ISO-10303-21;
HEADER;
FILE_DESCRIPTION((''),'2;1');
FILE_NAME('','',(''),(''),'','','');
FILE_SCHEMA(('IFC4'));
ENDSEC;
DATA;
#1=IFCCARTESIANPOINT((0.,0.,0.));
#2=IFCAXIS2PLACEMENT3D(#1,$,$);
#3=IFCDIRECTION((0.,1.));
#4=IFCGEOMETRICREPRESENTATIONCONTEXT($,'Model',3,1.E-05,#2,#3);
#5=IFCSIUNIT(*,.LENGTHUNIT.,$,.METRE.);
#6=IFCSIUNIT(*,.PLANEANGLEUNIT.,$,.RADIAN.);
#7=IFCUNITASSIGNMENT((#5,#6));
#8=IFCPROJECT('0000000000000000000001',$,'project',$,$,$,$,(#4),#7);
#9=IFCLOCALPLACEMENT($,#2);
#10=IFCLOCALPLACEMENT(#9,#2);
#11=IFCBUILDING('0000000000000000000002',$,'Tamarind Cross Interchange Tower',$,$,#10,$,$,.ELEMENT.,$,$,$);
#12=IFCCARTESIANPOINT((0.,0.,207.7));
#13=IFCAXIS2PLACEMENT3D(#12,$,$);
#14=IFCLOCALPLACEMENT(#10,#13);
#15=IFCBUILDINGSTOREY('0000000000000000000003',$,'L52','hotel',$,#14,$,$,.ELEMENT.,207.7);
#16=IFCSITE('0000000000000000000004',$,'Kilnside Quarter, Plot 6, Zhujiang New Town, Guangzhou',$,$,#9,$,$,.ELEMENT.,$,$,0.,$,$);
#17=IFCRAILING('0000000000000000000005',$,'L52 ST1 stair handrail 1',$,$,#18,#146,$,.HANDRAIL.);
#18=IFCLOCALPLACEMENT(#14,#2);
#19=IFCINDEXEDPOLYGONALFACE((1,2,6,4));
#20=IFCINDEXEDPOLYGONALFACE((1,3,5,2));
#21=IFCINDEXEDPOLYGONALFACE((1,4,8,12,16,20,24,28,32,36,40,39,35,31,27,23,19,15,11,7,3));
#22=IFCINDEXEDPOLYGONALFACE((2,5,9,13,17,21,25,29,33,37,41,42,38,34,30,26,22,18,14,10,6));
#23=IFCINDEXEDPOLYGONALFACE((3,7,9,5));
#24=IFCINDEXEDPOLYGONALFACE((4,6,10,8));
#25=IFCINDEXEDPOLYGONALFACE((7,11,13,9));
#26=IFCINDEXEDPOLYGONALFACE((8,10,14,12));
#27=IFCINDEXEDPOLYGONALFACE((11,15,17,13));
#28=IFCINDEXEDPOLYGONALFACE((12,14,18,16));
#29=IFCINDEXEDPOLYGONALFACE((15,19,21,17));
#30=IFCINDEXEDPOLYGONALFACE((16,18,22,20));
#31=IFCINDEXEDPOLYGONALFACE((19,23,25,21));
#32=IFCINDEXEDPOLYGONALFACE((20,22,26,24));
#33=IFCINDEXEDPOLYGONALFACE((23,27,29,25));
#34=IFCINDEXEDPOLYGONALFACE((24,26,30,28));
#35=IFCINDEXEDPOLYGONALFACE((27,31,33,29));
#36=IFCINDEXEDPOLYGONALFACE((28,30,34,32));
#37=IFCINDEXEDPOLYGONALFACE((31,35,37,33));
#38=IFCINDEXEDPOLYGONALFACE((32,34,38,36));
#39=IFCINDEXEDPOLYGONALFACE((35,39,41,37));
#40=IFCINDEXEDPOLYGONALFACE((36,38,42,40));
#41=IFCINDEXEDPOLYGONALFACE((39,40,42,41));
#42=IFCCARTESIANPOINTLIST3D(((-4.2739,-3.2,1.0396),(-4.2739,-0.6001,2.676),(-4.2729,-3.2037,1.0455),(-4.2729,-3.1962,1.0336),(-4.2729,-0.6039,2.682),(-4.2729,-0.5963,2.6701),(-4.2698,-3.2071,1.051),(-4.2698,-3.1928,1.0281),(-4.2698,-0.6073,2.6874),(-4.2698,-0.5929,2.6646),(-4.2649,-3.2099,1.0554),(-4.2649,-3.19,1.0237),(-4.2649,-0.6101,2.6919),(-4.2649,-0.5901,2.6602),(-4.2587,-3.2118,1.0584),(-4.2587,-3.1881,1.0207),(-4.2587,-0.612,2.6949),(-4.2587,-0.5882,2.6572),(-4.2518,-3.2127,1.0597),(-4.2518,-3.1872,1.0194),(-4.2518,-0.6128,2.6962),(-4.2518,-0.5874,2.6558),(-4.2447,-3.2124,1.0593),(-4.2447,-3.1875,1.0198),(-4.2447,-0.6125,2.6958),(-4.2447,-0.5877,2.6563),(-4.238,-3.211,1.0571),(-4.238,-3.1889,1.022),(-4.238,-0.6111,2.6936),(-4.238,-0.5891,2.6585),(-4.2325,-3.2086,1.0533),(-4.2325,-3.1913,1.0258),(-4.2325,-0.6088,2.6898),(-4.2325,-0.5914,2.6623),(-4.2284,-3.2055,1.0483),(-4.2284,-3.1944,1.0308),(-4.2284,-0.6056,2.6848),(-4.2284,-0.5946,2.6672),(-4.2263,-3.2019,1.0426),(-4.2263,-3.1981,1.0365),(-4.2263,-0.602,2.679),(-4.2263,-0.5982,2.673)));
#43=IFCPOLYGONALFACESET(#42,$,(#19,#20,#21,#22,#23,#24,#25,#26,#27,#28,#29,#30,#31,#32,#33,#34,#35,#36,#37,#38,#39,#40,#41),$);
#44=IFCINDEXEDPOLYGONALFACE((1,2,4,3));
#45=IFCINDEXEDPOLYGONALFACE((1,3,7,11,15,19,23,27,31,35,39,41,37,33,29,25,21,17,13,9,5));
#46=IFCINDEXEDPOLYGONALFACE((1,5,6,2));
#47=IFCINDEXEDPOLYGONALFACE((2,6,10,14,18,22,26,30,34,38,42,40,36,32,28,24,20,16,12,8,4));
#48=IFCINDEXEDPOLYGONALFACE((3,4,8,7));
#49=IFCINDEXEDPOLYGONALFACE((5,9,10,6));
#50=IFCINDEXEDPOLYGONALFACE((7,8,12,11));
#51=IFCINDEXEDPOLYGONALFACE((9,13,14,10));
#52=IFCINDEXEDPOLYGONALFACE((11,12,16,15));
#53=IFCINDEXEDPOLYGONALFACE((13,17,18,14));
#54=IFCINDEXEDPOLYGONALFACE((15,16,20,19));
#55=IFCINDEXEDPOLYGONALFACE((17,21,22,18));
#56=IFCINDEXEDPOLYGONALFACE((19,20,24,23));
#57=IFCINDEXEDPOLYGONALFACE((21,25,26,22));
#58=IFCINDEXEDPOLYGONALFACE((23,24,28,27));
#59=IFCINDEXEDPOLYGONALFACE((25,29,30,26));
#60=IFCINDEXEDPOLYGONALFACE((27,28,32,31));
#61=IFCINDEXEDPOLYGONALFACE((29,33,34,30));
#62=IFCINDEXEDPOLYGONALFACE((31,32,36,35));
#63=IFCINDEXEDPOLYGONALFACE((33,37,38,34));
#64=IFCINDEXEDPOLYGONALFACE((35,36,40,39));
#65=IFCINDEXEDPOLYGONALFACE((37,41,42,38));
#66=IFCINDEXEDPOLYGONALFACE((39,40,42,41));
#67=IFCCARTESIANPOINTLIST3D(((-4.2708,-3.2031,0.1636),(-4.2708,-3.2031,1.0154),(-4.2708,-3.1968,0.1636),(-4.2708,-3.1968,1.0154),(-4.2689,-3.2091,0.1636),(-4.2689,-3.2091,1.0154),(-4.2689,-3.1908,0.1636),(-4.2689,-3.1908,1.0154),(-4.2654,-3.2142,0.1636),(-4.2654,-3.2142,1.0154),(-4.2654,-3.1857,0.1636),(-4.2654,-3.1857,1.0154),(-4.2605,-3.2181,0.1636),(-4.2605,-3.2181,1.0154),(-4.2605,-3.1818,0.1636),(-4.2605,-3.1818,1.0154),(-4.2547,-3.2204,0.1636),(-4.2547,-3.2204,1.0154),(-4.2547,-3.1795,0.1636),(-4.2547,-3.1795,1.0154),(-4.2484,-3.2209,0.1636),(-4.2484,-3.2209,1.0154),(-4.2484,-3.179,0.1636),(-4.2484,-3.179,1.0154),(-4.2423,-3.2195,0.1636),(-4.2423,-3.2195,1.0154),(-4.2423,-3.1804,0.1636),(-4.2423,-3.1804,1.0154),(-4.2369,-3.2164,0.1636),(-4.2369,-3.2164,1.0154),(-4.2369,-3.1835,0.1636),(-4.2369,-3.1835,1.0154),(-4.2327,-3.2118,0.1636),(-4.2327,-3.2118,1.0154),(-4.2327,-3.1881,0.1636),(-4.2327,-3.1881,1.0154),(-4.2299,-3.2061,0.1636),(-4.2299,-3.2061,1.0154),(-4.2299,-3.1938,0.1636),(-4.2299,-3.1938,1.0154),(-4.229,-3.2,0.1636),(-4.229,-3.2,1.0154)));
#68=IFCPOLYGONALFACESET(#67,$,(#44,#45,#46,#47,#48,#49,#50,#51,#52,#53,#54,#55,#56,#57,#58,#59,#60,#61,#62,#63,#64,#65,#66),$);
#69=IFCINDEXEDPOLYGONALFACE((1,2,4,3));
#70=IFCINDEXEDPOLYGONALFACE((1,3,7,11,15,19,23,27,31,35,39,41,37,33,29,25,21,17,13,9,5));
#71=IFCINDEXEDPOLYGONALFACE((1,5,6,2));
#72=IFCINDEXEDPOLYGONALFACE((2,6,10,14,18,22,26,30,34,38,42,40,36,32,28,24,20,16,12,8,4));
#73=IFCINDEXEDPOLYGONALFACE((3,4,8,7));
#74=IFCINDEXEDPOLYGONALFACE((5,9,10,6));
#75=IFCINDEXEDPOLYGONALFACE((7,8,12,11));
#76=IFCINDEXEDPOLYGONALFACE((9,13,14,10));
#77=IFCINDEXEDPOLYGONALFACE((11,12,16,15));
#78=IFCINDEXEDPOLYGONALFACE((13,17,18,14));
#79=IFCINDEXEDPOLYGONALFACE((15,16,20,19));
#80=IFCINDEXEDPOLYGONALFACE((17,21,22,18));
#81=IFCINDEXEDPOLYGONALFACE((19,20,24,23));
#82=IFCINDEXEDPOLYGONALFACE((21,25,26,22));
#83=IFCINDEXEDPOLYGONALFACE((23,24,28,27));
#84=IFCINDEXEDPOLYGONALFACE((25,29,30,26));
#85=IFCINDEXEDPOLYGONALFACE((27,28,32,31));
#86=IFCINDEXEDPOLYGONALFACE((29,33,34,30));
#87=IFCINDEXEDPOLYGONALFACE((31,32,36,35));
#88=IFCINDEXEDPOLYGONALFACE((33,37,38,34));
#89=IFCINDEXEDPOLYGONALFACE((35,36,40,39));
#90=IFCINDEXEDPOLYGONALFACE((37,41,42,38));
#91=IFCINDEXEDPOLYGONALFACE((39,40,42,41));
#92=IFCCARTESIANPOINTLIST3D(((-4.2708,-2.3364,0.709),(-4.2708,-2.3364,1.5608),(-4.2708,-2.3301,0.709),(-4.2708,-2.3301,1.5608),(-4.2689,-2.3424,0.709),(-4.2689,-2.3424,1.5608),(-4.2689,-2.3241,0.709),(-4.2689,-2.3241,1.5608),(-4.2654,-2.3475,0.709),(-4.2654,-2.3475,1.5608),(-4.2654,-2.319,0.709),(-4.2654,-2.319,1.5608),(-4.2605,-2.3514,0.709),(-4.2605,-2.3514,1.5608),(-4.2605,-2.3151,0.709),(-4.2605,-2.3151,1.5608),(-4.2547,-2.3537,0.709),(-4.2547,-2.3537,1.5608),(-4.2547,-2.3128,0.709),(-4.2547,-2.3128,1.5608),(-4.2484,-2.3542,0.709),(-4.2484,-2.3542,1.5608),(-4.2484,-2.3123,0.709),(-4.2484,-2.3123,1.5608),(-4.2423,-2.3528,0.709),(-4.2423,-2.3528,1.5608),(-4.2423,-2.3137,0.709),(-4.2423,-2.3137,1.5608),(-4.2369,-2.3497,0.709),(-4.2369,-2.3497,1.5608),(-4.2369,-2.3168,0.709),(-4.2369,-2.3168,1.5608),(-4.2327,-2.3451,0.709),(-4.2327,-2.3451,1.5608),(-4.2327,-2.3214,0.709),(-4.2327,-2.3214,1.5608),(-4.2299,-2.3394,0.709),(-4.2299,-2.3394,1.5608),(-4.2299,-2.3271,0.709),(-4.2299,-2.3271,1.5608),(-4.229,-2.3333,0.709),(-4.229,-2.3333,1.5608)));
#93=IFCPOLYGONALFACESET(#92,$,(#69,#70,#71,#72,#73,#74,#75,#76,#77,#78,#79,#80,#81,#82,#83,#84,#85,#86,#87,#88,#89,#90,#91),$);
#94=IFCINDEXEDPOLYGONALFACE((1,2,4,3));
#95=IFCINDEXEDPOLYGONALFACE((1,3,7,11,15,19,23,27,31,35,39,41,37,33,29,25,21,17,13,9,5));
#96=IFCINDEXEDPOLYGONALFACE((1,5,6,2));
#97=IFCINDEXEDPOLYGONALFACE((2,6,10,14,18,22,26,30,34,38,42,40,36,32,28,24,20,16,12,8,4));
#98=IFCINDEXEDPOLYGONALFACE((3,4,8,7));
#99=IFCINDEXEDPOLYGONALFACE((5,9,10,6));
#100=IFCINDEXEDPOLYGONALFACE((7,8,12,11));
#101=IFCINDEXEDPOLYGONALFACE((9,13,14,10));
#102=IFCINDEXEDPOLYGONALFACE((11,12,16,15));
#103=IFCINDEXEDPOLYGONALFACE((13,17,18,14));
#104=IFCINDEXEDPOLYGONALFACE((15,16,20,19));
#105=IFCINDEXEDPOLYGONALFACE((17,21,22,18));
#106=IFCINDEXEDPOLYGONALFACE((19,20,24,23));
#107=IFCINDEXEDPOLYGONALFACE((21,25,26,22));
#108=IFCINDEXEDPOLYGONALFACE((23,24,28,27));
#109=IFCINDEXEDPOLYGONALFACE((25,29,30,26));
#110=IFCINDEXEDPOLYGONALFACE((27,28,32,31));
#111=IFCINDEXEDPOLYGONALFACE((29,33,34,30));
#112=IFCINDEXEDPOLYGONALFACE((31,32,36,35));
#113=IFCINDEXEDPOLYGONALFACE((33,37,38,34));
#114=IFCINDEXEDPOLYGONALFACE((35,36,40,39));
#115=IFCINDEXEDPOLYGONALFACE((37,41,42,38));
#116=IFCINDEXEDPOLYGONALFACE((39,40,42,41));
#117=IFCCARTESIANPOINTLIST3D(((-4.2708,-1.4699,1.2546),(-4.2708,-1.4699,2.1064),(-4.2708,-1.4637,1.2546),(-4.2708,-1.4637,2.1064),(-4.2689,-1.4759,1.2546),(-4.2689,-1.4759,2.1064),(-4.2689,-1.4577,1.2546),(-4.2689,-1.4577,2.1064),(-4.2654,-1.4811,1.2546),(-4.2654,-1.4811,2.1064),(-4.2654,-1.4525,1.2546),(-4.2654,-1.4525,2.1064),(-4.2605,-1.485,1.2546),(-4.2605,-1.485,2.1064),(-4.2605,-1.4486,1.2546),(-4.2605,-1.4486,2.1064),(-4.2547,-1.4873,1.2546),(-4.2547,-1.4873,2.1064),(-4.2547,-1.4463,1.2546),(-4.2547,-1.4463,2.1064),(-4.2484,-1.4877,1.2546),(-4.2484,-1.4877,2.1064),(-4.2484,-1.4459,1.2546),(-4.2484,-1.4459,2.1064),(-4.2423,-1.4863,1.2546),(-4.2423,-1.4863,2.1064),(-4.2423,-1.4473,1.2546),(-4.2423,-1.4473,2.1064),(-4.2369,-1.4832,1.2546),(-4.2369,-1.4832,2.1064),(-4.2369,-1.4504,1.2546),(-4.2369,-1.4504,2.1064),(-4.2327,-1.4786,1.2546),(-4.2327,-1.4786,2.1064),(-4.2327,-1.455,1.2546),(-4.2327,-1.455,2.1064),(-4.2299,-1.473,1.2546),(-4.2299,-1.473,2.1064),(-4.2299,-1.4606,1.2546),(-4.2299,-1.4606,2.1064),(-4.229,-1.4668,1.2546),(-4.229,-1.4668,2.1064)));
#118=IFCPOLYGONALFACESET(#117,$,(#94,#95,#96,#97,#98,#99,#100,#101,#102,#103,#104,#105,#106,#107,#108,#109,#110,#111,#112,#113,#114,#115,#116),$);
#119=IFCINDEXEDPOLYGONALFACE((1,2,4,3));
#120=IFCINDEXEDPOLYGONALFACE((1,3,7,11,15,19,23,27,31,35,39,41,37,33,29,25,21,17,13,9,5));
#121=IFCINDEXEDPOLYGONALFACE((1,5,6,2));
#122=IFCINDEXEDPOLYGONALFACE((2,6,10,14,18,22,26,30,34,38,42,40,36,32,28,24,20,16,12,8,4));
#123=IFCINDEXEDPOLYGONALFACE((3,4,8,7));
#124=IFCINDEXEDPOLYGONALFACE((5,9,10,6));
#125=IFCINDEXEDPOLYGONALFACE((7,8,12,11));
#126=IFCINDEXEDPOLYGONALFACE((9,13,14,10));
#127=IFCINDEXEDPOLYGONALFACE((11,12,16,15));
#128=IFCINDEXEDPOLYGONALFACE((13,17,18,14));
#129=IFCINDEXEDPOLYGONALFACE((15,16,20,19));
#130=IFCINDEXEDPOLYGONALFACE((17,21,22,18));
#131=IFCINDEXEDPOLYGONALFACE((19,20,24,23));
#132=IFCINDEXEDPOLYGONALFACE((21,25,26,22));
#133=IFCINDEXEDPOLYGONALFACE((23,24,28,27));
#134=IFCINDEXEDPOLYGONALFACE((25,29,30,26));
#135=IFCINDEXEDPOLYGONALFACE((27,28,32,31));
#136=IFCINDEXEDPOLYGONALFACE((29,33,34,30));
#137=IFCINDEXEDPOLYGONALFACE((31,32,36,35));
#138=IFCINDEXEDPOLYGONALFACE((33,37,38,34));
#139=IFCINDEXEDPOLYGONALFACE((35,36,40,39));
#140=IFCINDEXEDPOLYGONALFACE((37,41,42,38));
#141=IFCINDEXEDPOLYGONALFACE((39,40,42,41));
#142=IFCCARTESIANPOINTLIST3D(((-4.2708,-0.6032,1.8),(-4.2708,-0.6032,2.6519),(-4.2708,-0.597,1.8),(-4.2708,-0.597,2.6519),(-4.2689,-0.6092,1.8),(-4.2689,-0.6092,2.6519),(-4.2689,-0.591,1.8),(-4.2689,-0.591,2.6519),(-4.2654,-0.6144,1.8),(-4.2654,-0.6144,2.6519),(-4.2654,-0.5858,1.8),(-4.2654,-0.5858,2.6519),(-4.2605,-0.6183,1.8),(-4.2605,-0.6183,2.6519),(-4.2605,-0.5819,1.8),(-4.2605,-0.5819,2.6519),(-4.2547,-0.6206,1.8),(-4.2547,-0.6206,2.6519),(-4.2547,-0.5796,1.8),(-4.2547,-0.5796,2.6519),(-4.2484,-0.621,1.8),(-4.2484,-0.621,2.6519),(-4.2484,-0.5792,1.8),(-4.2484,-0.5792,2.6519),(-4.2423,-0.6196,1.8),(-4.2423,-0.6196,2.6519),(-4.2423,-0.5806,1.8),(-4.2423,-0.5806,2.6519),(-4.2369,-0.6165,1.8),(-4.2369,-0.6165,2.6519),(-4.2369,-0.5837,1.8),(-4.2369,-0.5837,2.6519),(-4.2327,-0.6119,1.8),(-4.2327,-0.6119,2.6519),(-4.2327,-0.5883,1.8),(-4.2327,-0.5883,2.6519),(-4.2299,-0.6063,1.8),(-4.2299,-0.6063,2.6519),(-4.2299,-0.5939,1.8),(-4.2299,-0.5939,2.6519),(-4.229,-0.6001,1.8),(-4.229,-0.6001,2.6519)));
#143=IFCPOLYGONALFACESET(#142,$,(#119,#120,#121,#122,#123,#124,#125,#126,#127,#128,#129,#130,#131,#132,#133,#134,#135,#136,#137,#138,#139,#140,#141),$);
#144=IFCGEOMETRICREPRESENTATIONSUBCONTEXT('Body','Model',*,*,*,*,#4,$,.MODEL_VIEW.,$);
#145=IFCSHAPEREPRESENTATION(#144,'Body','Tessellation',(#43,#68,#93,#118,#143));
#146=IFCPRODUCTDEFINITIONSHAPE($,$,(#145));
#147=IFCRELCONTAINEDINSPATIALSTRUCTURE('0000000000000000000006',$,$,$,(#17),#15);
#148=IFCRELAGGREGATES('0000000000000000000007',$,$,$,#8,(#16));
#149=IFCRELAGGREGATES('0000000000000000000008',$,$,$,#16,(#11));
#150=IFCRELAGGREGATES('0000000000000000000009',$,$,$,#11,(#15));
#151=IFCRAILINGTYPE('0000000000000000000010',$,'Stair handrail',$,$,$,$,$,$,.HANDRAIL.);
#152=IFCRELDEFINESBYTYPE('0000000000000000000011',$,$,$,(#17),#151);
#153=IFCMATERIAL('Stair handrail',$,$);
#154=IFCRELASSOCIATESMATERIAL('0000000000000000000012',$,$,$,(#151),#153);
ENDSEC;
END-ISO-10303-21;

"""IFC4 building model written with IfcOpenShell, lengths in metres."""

from ifc_helpers import new_model, si_unit, direction, frame, origin, origin_2d, place, context, subcontext, project, spatial, circle, extrude, material, type_object, element, save


model = new_model("IFC4")

# Units and contexts
model_context = context("Model", 3, precision=1e-05, world=origin(), true_north=direction((0.0, 1.0)))
body_context = subcontext(model_context, "Body", "Model", "MODEL_VIEW")
ifc_project = project(units=[si_unit("LENGTHUNIT", "METRE"), si_unit("PLANEANGLEUNIT", "RADIAN")], contexts=[model_context])

# Site, building, storey
site_placement = place(None, origin())
site = spatial("IfcSite", under=ifc_project, at=site_placement, Name="Kilnside Quarter, Plot 6, Zhujiang New Town, Guangzhou", CompositionType="ELEMENT", RefElevation=0.0)
building_placement = place(site_placement, origin())
building = spatial("IfcBuilding", under=site, at=building_placement, Name="Tamarind Cross Interchange Tower", CompositionType="ELEMENT")
storey_placement = place(building_placement, frame((0.0, 0.0, 207.7)))
storey = spatial("IfcBuildingStorey", under=building, at=storey_placement, Name="L52", Description="hotel", CompositionType="ELEMENT", Elevation=207.7)

# Railing
ifc_material_1 = material(Name="Stair handrail")
railing_type_1 = type_object("IfcRailingType", Name="Stair handrail", PredefinedType="HANDRAIL", material=ifc_material_1)
railing_1_placement = place(storey_placement, frame((-4.25, -3.2, 0.1636)))
element("IfcRailing", 1, at=railing_1_placement, inside=storey, type_object=railing_type_1, Name="L52 ST1 stair handrail 1", PredefinedType="HANDRAIL", context=body_context, shape_type="SweptSolid", body=[
    extrude(circle(Radius=0.0239, at=origin_2d()), frame((0.0, 0.0, 0.876), z_axis=(0.0, 0.846302, 0.532704), x_axis=(-1.0, 0.0, 0.0)), (0.0, 0.0, 1.0), 3.072),
    extrude(circle(Radius=0.021, at=origin_2d()), origin(), (0.0, 0.0, 1.0), 0.8518),
    extrude(circle(Radius=0.021, at=origin_2d()), frame((0.0, 0.8667, 0.5454)), (0.0, 0.0, 1.0), 0.8518),
    extrude(circle(Radius=0.021, at=origin_2d()), frame((0.0, 1.7332, 1.0911)), (0.0, 0.0, 1.0), 0.8518),
    extrude(circle(Radius=0.021, at=origin_2d()), frame((0.0, 2.5999, 1.6365)), (0.0, 0.0, 1.0), 0.8518),
])

save(model, "model.ifc")
